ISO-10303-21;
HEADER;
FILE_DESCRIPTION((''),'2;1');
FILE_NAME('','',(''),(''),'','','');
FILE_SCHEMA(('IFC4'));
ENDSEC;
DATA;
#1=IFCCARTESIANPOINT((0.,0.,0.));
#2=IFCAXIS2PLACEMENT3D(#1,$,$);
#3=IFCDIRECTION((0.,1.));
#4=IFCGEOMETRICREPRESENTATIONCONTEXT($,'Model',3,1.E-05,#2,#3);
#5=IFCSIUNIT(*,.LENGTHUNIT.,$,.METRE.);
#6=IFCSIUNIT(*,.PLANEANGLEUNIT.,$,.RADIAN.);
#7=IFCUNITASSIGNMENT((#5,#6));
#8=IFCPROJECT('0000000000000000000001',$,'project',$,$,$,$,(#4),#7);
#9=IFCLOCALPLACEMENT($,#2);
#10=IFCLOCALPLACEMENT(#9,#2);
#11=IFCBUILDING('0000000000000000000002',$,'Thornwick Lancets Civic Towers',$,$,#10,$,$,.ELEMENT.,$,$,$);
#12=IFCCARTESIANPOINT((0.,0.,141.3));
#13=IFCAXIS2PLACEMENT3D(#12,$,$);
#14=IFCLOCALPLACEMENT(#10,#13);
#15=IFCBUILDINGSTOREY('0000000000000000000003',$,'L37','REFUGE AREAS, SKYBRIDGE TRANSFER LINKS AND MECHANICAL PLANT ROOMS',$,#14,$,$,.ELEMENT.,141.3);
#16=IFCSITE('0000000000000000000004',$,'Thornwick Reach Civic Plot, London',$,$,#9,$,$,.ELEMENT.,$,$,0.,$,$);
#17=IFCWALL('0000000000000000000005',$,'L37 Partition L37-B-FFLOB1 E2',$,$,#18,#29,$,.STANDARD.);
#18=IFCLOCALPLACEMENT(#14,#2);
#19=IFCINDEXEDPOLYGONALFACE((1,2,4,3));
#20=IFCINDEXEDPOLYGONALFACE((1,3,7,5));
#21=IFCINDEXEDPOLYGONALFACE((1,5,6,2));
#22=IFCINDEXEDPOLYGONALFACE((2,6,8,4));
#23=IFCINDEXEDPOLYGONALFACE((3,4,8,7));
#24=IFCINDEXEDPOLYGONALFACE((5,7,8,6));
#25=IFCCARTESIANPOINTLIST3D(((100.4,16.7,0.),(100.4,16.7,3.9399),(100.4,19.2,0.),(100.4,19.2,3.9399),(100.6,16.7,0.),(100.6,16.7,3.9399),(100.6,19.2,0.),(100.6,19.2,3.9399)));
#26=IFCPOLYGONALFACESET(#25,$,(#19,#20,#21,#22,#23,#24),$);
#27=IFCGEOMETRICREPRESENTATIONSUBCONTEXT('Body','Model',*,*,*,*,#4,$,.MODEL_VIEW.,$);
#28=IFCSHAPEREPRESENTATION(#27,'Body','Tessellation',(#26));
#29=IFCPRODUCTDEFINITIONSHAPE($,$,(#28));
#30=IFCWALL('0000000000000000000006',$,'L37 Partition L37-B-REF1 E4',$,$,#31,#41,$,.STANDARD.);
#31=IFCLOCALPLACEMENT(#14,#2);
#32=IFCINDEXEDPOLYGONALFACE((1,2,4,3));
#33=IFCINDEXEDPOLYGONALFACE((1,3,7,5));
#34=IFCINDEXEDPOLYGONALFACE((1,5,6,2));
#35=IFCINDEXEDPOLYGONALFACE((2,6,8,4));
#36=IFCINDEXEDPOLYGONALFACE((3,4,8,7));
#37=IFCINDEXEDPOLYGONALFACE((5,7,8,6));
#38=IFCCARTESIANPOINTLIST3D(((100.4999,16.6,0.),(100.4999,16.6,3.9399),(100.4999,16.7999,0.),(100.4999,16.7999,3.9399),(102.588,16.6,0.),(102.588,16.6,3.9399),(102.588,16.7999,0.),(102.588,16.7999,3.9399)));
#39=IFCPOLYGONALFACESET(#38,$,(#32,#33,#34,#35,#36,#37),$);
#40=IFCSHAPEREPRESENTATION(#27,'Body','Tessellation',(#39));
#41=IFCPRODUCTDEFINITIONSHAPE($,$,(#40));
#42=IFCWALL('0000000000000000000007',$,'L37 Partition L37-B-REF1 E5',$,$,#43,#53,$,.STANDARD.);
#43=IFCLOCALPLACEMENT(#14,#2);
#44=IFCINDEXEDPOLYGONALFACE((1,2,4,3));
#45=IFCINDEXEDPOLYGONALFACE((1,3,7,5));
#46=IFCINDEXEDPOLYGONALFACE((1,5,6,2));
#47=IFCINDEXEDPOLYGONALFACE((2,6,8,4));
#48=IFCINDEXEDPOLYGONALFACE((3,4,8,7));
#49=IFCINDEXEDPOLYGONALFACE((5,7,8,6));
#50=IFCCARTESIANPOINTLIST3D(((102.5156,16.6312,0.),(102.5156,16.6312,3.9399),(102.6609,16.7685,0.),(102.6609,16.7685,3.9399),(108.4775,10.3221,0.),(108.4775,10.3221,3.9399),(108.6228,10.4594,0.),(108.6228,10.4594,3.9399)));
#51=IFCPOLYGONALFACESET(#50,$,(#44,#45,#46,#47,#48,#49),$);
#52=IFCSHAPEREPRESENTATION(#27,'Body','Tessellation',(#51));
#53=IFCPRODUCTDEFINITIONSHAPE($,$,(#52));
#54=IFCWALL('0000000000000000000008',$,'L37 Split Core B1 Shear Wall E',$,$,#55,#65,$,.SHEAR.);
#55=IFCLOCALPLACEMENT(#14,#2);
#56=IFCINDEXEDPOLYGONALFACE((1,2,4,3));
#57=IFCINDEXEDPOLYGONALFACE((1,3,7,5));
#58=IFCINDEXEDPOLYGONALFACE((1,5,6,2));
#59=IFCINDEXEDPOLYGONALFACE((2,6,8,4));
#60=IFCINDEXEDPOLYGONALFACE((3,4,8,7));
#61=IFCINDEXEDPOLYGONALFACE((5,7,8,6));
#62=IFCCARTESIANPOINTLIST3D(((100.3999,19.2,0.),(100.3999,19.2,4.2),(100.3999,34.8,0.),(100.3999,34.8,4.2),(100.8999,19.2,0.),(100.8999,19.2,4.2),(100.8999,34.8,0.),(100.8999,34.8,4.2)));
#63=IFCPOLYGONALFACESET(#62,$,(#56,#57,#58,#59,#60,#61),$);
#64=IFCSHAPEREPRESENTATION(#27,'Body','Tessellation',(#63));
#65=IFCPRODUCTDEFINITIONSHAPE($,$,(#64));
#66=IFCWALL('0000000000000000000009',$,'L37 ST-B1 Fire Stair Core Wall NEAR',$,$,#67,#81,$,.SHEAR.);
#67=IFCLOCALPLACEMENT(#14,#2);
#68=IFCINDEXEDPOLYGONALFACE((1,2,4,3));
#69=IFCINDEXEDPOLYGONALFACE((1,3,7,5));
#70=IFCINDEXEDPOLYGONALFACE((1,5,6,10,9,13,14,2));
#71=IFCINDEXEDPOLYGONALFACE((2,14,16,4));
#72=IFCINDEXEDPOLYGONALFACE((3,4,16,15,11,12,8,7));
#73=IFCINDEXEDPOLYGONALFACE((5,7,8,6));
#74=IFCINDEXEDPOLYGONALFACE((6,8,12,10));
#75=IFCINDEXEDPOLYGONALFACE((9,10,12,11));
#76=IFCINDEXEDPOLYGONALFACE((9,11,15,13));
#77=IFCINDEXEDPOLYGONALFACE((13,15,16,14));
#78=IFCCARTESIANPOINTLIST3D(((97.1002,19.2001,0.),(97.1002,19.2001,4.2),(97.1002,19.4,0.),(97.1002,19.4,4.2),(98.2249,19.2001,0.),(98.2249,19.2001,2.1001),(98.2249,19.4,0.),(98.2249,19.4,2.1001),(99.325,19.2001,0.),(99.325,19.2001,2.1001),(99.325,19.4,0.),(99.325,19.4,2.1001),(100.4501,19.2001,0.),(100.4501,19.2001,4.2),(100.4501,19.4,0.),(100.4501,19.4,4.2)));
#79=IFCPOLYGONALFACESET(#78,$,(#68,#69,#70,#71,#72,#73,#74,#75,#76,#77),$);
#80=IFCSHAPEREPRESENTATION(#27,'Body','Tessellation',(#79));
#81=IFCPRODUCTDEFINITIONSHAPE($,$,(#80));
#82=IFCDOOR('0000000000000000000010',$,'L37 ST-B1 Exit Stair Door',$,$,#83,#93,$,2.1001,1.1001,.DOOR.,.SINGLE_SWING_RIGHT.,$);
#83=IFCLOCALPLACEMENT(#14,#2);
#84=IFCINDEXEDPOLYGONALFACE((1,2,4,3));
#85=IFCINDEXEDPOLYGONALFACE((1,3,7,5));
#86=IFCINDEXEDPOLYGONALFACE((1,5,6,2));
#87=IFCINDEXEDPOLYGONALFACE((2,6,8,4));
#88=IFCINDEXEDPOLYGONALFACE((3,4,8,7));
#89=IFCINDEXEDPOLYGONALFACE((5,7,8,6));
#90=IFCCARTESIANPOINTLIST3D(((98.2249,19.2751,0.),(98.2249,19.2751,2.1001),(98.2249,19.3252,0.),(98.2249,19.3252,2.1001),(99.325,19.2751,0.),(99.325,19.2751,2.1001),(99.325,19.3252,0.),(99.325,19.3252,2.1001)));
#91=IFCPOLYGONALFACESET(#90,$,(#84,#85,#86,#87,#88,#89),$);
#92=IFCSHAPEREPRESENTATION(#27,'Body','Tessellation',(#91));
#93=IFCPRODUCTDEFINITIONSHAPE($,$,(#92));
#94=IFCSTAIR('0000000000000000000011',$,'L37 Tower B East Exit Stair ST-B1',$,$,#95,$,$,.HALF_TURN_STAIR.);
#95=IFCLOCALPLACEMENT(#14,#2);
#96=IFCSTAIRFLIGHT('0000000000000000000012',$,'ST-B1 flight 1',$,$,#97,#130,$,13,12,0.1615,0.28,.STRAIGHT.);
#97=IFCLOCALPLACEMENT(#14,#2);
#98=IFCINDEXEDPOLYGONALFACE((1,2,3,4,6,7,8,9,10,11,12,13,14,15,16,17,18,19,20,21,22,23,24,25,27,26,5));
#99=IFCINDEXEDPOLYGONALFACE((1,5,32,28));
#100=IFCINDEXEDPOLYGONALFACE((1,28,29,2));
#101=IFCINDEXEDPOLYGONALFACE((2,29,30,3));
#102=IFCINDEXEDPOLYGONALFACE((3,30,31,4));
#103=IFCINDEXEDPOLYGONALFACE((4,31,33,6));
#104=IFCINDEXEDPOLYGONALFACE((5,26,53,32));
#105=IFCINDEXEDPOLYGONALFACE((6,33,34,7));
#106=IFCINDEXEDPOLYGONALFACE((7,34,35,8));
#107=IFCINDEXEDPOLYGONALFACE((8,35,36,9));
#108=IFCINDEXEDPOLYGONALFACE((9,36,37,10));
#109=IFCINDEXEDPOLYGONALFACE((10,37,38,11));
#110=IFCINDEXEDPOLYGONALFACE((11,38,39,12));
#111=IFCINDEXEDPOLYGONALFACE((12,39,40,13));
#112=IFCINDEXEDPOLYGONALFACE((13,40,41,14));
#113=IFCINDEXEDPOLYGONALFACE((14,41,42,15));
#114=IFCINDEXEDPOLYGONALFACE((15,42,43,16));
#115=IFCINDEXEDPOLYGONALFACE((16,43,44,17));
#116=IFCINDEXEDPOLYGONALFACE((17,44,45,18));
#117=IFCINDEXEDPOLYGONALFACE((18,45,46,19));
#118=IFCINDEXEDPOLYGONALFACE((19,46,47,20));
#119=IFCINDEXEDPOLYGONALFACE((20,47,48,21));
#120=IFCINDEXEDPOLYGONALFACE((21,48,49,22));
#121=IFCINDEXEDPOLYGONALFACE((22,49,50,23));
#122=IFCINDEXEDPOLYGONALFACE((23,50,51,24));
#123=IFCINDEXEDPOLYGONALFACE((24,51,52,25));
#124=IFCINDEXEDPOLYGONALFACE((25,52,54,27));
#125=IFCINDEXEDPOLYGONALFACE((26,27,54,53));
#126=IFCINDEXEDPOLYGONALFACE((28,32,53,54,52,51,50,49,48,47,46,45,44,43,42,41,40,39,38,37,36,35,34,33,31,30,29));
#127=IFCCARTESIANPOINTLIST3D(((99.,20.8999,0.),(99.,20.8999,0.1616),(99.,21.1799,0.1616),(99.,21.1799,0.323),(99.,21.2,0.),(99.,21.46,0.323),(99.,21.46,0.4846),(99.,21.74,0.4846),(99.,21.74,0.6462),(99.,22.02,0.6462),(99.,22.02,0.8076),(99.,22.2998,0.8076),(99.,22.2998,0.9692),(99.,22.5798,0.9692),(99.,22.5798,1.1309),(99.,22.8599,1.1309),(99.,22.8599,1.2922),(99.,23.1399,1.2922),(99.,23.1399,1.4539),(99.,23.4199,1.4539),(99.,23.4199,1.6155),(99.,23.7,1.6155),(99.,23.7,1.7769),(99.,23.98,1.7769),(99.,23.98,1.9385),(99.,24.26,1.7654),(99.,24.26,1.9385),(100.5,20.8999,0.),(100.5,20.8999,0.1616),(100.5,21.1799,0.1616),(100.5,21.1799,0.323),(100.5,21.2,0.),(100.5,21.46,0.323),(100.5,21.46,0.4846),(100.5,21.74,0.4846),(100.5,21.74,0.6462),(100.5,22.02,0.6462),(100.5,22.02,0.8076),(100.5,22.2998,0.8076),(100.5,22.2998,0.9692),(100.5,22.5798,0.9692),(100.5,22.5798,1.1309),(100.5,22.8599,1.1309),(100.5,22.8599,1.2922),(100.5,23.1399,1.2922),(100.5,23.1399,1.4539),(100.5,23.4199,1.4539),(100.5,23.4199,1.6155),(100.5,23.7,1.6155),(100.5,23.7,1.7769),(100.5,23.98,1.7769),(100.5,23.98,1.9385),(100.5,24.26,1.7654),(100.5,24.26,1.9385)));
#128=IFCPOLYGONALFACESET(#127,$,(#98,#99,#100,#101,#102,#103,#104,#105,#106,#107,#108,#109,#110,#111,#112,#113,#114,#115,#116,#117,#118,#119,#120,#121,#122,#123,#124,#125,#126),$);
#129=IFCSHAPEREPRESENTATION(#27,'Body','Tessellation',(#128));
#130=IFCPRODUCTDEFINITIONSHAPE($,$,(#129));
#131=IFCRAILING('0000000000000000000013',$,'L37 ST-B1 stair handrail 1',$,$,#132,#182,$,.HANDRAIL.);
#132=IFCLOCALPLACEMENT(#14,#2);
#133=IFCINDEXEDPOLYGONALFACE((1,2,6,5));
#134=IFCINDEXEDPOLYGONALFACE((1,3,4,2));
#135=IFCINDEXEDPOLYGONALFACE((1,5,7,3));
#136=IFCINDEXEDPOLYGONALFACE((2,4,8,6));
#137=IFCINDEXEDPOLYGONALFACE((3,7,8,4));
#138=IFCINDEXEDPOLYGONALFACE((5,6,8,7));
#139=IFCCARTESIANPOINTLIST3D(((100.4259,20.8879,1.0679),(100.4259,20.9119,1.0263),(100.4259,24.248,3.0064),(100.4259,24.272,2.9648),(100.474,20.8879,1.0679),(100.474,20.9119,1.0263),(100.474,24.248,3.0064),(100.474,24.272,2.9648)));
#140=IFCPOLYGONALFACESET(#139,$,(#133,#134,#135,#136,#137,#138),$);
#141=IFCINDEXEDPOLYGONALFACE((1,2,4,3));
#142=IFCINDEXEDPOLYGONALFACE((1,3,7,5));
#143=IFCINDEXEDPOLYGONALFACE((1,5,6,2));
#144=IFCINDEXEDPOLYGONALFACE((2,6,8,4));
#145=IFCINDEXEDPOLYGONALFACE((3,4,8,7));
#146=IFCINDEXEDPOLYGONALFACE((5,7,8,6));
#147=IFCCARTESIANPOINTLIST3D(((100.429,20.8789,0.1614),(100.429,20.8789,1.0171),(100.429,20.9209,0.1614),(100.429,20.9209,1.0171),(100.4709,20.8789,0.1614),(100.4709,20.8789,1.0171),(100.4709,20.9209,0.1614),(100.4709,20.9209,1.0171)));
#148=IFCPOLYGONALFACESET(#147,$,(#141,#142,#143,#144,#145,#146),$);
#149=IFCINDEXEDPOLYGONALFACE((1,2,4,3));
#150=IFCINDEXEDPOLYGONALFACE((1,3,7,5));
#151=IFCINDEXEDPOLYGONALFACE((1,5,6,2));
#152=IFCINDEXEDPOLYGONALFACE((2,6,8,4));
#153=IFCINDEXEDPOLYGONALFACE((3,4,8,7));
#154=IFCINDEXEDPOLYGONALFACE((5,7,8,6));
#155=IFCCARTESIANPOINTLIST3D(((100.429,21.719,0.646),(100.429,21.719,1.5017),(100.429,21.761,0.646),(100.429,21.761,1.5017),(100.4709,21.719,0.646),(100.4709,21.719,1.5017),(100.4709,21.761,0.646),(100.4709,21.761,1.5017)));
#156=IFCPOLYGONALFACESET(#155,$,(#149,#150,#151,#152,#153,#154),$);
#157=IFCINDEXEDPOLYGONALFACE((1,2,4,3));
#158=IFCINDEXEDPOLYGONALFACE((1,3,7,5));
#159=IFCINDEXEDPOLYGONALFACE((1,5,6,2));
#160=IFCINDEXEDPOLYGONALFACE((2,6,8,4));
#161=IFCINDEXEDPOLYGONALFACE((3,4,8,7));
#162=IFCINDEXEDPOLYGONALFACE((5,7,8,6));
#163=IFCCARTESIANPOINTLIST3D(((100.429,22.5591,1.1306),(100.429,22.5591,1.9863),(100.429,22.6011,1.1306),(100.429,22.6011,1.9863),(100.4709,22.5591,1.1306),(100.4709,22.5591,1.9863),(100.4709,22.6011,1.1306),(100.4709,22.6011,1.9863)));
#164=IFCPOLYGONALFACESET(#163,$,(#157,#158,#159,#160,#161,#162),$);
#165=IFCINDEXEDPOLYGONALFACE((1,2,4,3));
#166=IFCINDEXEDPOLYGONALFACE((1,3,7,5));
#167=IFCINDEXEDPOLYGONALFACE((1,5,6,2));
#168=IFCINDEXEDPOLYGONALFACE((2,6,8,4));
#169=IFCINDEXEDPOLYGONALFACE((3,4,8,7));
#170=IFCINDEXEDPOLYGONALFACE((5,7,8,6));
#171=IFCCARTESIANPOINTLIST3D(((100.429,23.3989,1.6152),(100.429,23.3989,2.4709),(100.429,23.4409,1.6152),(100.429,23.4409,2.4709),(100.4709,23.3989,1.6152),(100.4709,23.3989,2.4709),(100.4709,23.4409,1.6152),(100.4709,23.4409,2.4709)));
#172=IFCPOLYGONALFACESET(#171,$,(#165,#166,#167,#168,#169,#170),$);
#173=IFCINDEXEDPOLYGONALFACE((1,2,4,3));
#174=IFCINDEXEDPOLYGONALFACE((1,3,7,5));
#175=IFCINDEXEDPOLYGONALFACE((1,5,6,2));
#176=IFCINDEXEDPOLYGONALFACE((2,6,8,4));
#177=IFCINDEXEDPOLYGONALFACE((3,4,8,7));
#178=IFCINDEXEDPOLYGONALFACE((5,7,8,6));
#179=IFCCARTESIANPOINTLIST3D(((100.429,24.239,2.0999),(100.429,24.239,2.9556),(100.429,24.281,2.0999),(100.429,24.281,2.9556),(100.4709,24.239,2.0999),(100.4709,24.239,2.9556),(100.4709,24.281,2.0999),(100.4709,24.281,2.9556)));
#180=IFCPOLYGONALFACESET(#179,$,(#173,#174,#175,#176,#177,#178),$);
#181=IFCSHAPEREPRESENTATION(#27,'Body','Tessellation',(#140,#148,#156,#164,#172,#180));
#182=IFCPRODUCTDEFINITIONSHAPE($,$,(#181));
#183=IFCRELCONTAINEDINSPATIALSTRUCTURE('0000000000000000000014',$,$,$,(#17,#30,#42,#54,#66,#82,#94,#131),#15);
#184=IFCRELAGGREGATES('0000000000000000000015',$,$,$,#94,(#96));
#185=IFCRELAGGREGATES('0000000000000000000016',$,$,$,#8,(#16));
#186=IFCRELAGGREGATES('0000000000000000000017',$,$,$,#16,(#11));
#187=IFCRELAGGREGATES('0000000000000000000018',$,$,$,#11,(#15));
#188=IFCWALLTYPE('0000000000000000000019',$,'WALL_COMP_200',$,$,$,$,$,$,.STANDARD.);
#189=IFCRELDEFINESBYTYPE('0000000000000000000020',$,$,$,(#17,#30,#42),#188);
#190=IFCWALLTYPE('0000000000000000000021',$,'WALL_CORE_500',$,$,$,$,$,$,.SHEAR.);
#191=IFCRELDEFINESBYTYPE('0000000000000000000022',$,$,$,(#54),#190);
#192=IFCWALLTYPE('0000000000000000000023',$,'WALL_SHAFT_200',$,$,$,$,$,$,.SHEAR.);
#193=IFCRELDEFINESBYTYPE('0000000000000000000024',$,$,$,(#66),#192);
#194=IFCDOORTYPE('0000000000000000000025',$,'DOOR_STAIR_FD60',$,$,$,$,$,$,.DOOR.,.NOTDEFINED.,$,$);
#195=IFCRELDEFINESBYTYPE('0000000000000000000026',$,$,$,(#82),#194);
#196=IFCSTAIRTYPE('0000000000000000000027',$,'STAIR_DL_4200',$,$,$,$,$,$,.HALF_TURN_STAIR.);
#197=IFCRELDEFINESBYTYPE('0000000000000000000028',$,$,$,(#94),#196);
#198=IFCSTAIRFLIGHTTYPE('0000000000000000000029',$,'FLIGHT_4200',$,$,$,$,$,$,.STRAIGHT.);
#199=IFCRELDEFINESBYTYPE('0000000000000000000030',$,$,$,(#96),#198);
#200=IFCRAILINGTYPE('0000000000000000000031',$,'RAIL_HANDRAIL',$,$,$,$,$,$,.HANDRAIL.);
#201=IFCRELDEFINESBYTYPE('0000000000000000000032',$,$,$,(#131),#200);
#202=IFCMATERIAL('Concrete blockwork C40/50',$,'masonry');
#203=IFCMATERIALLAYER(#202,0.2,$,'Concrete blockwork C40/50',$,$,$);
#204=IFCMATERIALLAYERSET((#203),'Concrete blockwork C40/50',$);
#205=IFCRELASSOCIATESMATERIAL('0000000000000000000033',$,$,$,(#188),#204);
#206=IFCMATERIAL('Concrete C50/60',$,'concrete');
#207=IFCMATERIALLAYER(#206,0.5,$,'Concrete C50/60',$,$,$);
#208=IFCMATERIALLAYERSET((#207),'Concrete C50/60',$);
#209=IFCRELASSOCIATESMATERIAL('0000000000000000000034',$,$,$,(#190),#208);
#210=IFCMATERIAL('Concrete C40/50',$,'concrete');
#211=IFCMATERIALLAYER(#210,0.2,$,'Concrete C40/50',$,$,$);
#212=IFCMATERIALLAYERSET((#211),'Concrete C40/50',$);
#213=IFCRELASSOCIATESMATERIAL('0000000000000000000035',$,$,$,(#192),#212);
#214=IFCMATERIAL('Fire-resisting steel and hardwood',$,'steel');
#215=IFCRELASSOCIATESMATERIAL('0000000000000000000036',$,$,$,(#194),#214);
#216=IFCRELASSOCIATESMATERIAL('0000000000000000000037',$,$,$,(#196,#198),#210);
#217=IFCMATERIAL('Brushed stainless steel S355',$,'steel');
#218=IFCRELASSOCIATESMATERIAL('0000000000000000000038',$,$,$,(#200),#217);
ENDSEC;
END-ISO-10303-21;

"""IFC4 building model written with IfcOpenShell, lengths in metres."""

from ifc_helpers import new_model, si_unit, direction, frame, frame_2d, origin, origin_2d, place, context, subcontext, project, spatial, polyline, rectangle, outline, extrude, material, layer, layer_set, type_object, element, fill, aggregate, save


model = new_model("IFC4")

# Units and contexts
model_context = context("Model", 3, precision=1e-05, world=origin(), true_north=direction((0.0, 1.0)))
body_context = subcontext(model_context, "Body", "Model", "MODEL_VIEW")
ifc_project = project(units=[si_unit("LENGTHUNIT", "METRE"), si_unit("PLANEANGLEUNIT", "RADIAN")], contexts=[model_context])

# Site, building, storey
site_placement = place(None, origin())
site = spatial("IfcSite", under=ifc_project, at=site_placement, Name="Thornwick Reach Civic Plot, London", CompositionType="ELEMENT", RefElevation=0.0)
building_placement = place(site_placement, origin())
building = spatial("IfcBuilding", under=site, at=building_placement, Name="Thornwick Lancets Civic Towers", CompositionType="ELEMENT")
storey_placement = place(building_placement, frame((0.0, 0.0, 141.3)))
storey = spatial("IfcBuildingStorey", under=building, at=storey_placement, Name="L37", Description="REFUGE AREAS, SKYBRIDGE TRANSFER LINKS AND MECHANICAL PLANT ROOMS", CompositionType="ELEMENT", Elevation=141.3)

# Walls
ifc_material_1 = material(Name="Concrete blockwork C40/50", Category="masonry")
ifc_layer_1 = layer(ifc_material_1, 0.2, Name="Concrete blockwork C40/50")
ifc_layer_set_1 = layer_set([ifc_layer_1], Name="Concrete blockwork C40/50")
wall_type_1 = type_object("IfcWallType", Name="WALL_COMP_200", PredefinedType="STANDARD", material=ifc_layer_set_1)
wall_1_placement = place(storey_placement, frame((100.5, 16.7, 0.0), z_axis=(0.0, 0.0, 1.0), x_axis=(0.0, 1.0, 0.0)))
element("IfcWall", 1, at=wall_1_placement, inside=storey, type_object=wall_type_1, Name="L37 Partition L37-B-FFLOB1 E2", PredefinedType="STANDARD", context=body_context, shape_type="SweptSolid", body=[
    extrude(rectangle(XDim=2.5, YDim=0.2, at=frame_2d((1.25, 0.0))), origin(), (0.0, 0.0, 1.0), 3.9399),
])
wall_2_placement = place(storey_placement, frame((100.5, 16.7, 0.0), z_axis=(0.0, 0.0, 1.0), x_axis=(1.0, 0.0, 0.0)))
element("IfcWall", 2, at=wall_2_placement, inside=storey, type_object=wall_type_1, Name="L37 Partition L37-B-REF1 E4", PredefinedType="STANDARD", context=body_context, shape_type="SweptSolid", body=[
    extrude(rectangle(XDim=2.0881, YDim=0.2, at=frame_2d((1.0439, 0.0))), origin(), (0.0, 0.0, 1.0), 3.9399),
])
wall_3_placement = place(storey_placement, frame((102.5881, 16.7, 0.0), z_axis=(0.0, 0.0, 1.0), x_axis=(0.686827, -0.726821, 0.0)))
element("IfcWall", 3, at=wall_3_placement, inside=storey, type_object=wall_type_1, Name="L37 Partition L37-B-REF1 E5", PredefinedType="STANDARD", context=body_context, shape_type="SweptSolid", body=[
    extrude(rectangle(XDim=8.6804, YDim=0.2, at=frame_2d((4.3403, 0.0))), origin(), (0.0, 0.0, 1.0), 3.9399),
])
ifc_material_2 = material(Name="Concrete C50/60", Category="concrete")
ifc_layer_2 = layer(ifc_material_2, 0.5, Name="Concrete C50/60")
ifc_layer_set_2 = layer_set([ifc_layer_2], Name="Concrete C50/60")
wall_type_2 = type_object("IfcWallType", Name="WALL_CORE_500", PredefinedType="SHEAR", material=ifc_layer_set_2)
wall_4_placement = place(storey_placement, frame((100.6499, 19.2, 0.0), z_axis=(0.0, 0.0, 1.0), x_axis=(0.0, 1.0, 0.0)))
element("IfcWall", 4, at=wall_4_placement, inside=storey, type_object=wall_type_2, Name="L37 Split Core B1 Shear Wall E", PredefinedType="SHEAR", context=body_context, shape_type="SweptSolid", body=[
    extrude(rectangle(XDim=15.6001, YDim=0.5, at=frame_2d((7.8, 0.0))), origin(), (0.0, 0.0, 1.0), 4.2),
])

# Wall, opening, door
ifc_material_3 = material(Name="Concrete C40/50", Category="concrete")
ifc_layer_3 = layer(ifc_material_3, 0.2, Name="Concrete C40/50")
ifc_layer_set_3 = layer_set([ifc_layer_3], Name="Concrete C40/50")
wall_type_3 = type_object("IfcWallType", Name="WALL_SHAFT_200", PredefinedType="SHEAR", material=ifc_layer_set_3)
wall_5_placement = place(storey_placement, frame((100.45, 19.3, 0.0), z_axis=(0.0, 0.0, 1.0), x_axis=(-1.0, 0.0, 0.0)))
wall_5 = element("IfcWall", 5, at=wall_5_placement, inside=storey, type_object=wall_type_3, Name="L37 ST-B1 Fire Stair Core Wall NEAR", PredefinedType="SHEAR", context=body_context, shape_type="SweptSolid", body=[
    extrude(rectangle(XDim=3.3499, YDim=0.2, at=frame_2d((1.6748, 0.0))), origin(), (0.0, 0.0, 1.0), 4.2),
])
opening_placement = place(wall_5_placement, frame((1.125, 0.0, 0.0)))
opening = element("IfcOpeningElement", 6, at=opening_placement, cuts=wall_5, PredefinedType="OPENING", context=body_context, shape_type="SweptSolid", body=[
    extrude(rectangle(XDim=1.1001, YDim=2.1001, at=frame_2d((0.55, 1.05))), frame((0.0, 0.1099, 0.0), z_axis=(0.0, -1.0, 0.0), x_axis=(1.0, 0.0, 0.0)), (0.0, 0.0, 1.0), 0.22),
])
ifc_material_4 = material(Name="Fire-resisting steel and hardwood", Category="steel")
door_type = type_object("IfcDoorType", Name="DOOR_STAIR_FD60", OperationType="NOTDEFINED", PredefinedType="DOOR", material=ifc_material_4)
door_placement = place(opening_placement, origin())
door = element("IfcDoor", 7, at=door_placement, inside=storey, type_object=door_type, Name="L37 ST-B1 Exit Stair Door", OperationType="SINGLE_SWING_RIGHT", OverallHeight=2.1001, OverallWidth=1.1001, PredefinedType="DOOR", context=body_context, shape_type="SweptSolid", body=[
    extrude(rectangle(XDim=1.1001, YDim=2.1001, at=frame_2d((0.55, 1.05))), frame((0.0, 0.0249, 0.0), z_axis=(0.0, -1.0, 0.0), x_axis=(1.0, 0.0, 0.0)), (0.0, 0.0, 1.0), 0.05),
])
fill(opening, door)

# Stair, stair flight
stair_type = type_object("IfcStairType", Name="STAIR_DL_4200", PredefinedType="HALF_TURN_STAIR", material=ifc_material_3)
stair_placement = place(storey_placement, origin())
stair = element("IfcStair", 8, at=stair_placement, inside=storey, type_object=stair_type, Name="L37 Tower B East Exit Stair ST-B1", PredefinedType="HALF_TURN_STAIR")
stair_flight_type = type_object("IfcStairFlightType", Name="FLIGHT_4200", PredefinedType="STRAIGHT", material=ifc_material_3)
stair_flight_placement = place(storey_placement, frame((99.75, 20.8999, 0.0), z_axis=(0.0, 0.0, 1.0), x_axis=(0.0, 1.0, 0.0)))
stair_flight = element("IfcStairFlight", 9, at=stair_flight_placement, type_object=stair_flight_type, Name="ST-B1 flight 1", NumberOfRisers=13, NumberOfTreads=12, PredefinedType="STRAIGHT", RiserHeight=0.1615, TreadLength=0.28, context=body_context, shape_type="SweptSolid", body=[
    extrude(outline(polyline([(0.0, 0.0), (0.0, 0.1616), (0.28, 0.1616), (0.28, 0.323), (0.5601, 0.323), (0.5601, 0.4846), (0.8401, 0.4846), (0.8401, 0.6462), (1.1201, 0.6462), (1.1201, 0.8076), (1.3999, 0.8076), (1.3999, 0.9692), (1.6799, 0.9692), (1.6799, 1.1309), (1.96, 1.1309), (1.96, 1.2922), (2.24, 1.2922), (2.24, 1.4539), (2.52, 1.4539), (2.52, 1.6155), (2.8, 1.6155), (2.8, 1.7769), (3.0801, 1.7769), (3.0801, 1.9385), (3.3601, 1.9385), (3.3601, 2.1001), (3.3601, 1.7654), (0.3, 0.0), (0.0, 0.0)])), frame((0.0, 0.75, 0.0), z_axis=(0.0, -1.0, 0.0), x_axis=(1.0, 0.0, 0.0)), (0.0, 0.0, 1.0), 1.5),
])
aggregate(stair, [stair_flight])

# Railing
ifc_material_5 = material(Name="Brushed stainless steel S355", Category="steel")
railing_type_1 = type_object("IfcRailingType", Name="RAIL_HANDRAIL", PredefinedType="HANDRAIL", material=ifc_material_5)
railing_1_placement = place(storey_placement, frame((100.45, 20.8999, 0.1614)))
element("IfcRailing", 10, at=railing_1_placement, inside=storey, type_object=railing_type_1, Name="L37 ST-B1 stair handrail 1", PredefinedType="HANDRAIL", context=body_context, shape_type="SweptSolid", body=[
    extrude(rectangle(XDim=0.0481, YDim=0.0481, at=origin_2d()), frame((0.0, 0.0, 0.8857), z_axis=(0.0, 0.866191, 0.499713), x_axis=(-1.0, 0.0, 0.0)), (0.0, 0.0, 1.0), 3.8792),
    extrude(rectangle(XDim=0.042, YDim=0.042, at=origin_2d()), origin(), (0.0, 0.0, 1.0), 0.8557),
    extrude(rectangle(XDim=0.042, YDim=0.042, at=origin_2d()), frame((0.0, 0.8401, 0.4846)), (0.0, 0.0, 1.0), 0.8557),
    extrude(rectangle(XDim=0.042, YDim=0.042, at=origin_2d()), frame((0.0, 1.6802, 0.9692)), (0.0, 0.0, 1.0), 0.8557),
    extrude(rectangle(XDim=0.042, YDim=0.042, at=origin_2d()), frame((0.0, 2.52, 1.4539)), (0.0, 0.0, 1.0), 0.8557),
    extrude(rectangle(XDim=0.042, YDim=0.042, at=origin_2d()), frame((0.0, 3.3601, 1.9385)), (0.0, 0.0, 1.0), 0.8557),
])

save(model, "model.ifc")
